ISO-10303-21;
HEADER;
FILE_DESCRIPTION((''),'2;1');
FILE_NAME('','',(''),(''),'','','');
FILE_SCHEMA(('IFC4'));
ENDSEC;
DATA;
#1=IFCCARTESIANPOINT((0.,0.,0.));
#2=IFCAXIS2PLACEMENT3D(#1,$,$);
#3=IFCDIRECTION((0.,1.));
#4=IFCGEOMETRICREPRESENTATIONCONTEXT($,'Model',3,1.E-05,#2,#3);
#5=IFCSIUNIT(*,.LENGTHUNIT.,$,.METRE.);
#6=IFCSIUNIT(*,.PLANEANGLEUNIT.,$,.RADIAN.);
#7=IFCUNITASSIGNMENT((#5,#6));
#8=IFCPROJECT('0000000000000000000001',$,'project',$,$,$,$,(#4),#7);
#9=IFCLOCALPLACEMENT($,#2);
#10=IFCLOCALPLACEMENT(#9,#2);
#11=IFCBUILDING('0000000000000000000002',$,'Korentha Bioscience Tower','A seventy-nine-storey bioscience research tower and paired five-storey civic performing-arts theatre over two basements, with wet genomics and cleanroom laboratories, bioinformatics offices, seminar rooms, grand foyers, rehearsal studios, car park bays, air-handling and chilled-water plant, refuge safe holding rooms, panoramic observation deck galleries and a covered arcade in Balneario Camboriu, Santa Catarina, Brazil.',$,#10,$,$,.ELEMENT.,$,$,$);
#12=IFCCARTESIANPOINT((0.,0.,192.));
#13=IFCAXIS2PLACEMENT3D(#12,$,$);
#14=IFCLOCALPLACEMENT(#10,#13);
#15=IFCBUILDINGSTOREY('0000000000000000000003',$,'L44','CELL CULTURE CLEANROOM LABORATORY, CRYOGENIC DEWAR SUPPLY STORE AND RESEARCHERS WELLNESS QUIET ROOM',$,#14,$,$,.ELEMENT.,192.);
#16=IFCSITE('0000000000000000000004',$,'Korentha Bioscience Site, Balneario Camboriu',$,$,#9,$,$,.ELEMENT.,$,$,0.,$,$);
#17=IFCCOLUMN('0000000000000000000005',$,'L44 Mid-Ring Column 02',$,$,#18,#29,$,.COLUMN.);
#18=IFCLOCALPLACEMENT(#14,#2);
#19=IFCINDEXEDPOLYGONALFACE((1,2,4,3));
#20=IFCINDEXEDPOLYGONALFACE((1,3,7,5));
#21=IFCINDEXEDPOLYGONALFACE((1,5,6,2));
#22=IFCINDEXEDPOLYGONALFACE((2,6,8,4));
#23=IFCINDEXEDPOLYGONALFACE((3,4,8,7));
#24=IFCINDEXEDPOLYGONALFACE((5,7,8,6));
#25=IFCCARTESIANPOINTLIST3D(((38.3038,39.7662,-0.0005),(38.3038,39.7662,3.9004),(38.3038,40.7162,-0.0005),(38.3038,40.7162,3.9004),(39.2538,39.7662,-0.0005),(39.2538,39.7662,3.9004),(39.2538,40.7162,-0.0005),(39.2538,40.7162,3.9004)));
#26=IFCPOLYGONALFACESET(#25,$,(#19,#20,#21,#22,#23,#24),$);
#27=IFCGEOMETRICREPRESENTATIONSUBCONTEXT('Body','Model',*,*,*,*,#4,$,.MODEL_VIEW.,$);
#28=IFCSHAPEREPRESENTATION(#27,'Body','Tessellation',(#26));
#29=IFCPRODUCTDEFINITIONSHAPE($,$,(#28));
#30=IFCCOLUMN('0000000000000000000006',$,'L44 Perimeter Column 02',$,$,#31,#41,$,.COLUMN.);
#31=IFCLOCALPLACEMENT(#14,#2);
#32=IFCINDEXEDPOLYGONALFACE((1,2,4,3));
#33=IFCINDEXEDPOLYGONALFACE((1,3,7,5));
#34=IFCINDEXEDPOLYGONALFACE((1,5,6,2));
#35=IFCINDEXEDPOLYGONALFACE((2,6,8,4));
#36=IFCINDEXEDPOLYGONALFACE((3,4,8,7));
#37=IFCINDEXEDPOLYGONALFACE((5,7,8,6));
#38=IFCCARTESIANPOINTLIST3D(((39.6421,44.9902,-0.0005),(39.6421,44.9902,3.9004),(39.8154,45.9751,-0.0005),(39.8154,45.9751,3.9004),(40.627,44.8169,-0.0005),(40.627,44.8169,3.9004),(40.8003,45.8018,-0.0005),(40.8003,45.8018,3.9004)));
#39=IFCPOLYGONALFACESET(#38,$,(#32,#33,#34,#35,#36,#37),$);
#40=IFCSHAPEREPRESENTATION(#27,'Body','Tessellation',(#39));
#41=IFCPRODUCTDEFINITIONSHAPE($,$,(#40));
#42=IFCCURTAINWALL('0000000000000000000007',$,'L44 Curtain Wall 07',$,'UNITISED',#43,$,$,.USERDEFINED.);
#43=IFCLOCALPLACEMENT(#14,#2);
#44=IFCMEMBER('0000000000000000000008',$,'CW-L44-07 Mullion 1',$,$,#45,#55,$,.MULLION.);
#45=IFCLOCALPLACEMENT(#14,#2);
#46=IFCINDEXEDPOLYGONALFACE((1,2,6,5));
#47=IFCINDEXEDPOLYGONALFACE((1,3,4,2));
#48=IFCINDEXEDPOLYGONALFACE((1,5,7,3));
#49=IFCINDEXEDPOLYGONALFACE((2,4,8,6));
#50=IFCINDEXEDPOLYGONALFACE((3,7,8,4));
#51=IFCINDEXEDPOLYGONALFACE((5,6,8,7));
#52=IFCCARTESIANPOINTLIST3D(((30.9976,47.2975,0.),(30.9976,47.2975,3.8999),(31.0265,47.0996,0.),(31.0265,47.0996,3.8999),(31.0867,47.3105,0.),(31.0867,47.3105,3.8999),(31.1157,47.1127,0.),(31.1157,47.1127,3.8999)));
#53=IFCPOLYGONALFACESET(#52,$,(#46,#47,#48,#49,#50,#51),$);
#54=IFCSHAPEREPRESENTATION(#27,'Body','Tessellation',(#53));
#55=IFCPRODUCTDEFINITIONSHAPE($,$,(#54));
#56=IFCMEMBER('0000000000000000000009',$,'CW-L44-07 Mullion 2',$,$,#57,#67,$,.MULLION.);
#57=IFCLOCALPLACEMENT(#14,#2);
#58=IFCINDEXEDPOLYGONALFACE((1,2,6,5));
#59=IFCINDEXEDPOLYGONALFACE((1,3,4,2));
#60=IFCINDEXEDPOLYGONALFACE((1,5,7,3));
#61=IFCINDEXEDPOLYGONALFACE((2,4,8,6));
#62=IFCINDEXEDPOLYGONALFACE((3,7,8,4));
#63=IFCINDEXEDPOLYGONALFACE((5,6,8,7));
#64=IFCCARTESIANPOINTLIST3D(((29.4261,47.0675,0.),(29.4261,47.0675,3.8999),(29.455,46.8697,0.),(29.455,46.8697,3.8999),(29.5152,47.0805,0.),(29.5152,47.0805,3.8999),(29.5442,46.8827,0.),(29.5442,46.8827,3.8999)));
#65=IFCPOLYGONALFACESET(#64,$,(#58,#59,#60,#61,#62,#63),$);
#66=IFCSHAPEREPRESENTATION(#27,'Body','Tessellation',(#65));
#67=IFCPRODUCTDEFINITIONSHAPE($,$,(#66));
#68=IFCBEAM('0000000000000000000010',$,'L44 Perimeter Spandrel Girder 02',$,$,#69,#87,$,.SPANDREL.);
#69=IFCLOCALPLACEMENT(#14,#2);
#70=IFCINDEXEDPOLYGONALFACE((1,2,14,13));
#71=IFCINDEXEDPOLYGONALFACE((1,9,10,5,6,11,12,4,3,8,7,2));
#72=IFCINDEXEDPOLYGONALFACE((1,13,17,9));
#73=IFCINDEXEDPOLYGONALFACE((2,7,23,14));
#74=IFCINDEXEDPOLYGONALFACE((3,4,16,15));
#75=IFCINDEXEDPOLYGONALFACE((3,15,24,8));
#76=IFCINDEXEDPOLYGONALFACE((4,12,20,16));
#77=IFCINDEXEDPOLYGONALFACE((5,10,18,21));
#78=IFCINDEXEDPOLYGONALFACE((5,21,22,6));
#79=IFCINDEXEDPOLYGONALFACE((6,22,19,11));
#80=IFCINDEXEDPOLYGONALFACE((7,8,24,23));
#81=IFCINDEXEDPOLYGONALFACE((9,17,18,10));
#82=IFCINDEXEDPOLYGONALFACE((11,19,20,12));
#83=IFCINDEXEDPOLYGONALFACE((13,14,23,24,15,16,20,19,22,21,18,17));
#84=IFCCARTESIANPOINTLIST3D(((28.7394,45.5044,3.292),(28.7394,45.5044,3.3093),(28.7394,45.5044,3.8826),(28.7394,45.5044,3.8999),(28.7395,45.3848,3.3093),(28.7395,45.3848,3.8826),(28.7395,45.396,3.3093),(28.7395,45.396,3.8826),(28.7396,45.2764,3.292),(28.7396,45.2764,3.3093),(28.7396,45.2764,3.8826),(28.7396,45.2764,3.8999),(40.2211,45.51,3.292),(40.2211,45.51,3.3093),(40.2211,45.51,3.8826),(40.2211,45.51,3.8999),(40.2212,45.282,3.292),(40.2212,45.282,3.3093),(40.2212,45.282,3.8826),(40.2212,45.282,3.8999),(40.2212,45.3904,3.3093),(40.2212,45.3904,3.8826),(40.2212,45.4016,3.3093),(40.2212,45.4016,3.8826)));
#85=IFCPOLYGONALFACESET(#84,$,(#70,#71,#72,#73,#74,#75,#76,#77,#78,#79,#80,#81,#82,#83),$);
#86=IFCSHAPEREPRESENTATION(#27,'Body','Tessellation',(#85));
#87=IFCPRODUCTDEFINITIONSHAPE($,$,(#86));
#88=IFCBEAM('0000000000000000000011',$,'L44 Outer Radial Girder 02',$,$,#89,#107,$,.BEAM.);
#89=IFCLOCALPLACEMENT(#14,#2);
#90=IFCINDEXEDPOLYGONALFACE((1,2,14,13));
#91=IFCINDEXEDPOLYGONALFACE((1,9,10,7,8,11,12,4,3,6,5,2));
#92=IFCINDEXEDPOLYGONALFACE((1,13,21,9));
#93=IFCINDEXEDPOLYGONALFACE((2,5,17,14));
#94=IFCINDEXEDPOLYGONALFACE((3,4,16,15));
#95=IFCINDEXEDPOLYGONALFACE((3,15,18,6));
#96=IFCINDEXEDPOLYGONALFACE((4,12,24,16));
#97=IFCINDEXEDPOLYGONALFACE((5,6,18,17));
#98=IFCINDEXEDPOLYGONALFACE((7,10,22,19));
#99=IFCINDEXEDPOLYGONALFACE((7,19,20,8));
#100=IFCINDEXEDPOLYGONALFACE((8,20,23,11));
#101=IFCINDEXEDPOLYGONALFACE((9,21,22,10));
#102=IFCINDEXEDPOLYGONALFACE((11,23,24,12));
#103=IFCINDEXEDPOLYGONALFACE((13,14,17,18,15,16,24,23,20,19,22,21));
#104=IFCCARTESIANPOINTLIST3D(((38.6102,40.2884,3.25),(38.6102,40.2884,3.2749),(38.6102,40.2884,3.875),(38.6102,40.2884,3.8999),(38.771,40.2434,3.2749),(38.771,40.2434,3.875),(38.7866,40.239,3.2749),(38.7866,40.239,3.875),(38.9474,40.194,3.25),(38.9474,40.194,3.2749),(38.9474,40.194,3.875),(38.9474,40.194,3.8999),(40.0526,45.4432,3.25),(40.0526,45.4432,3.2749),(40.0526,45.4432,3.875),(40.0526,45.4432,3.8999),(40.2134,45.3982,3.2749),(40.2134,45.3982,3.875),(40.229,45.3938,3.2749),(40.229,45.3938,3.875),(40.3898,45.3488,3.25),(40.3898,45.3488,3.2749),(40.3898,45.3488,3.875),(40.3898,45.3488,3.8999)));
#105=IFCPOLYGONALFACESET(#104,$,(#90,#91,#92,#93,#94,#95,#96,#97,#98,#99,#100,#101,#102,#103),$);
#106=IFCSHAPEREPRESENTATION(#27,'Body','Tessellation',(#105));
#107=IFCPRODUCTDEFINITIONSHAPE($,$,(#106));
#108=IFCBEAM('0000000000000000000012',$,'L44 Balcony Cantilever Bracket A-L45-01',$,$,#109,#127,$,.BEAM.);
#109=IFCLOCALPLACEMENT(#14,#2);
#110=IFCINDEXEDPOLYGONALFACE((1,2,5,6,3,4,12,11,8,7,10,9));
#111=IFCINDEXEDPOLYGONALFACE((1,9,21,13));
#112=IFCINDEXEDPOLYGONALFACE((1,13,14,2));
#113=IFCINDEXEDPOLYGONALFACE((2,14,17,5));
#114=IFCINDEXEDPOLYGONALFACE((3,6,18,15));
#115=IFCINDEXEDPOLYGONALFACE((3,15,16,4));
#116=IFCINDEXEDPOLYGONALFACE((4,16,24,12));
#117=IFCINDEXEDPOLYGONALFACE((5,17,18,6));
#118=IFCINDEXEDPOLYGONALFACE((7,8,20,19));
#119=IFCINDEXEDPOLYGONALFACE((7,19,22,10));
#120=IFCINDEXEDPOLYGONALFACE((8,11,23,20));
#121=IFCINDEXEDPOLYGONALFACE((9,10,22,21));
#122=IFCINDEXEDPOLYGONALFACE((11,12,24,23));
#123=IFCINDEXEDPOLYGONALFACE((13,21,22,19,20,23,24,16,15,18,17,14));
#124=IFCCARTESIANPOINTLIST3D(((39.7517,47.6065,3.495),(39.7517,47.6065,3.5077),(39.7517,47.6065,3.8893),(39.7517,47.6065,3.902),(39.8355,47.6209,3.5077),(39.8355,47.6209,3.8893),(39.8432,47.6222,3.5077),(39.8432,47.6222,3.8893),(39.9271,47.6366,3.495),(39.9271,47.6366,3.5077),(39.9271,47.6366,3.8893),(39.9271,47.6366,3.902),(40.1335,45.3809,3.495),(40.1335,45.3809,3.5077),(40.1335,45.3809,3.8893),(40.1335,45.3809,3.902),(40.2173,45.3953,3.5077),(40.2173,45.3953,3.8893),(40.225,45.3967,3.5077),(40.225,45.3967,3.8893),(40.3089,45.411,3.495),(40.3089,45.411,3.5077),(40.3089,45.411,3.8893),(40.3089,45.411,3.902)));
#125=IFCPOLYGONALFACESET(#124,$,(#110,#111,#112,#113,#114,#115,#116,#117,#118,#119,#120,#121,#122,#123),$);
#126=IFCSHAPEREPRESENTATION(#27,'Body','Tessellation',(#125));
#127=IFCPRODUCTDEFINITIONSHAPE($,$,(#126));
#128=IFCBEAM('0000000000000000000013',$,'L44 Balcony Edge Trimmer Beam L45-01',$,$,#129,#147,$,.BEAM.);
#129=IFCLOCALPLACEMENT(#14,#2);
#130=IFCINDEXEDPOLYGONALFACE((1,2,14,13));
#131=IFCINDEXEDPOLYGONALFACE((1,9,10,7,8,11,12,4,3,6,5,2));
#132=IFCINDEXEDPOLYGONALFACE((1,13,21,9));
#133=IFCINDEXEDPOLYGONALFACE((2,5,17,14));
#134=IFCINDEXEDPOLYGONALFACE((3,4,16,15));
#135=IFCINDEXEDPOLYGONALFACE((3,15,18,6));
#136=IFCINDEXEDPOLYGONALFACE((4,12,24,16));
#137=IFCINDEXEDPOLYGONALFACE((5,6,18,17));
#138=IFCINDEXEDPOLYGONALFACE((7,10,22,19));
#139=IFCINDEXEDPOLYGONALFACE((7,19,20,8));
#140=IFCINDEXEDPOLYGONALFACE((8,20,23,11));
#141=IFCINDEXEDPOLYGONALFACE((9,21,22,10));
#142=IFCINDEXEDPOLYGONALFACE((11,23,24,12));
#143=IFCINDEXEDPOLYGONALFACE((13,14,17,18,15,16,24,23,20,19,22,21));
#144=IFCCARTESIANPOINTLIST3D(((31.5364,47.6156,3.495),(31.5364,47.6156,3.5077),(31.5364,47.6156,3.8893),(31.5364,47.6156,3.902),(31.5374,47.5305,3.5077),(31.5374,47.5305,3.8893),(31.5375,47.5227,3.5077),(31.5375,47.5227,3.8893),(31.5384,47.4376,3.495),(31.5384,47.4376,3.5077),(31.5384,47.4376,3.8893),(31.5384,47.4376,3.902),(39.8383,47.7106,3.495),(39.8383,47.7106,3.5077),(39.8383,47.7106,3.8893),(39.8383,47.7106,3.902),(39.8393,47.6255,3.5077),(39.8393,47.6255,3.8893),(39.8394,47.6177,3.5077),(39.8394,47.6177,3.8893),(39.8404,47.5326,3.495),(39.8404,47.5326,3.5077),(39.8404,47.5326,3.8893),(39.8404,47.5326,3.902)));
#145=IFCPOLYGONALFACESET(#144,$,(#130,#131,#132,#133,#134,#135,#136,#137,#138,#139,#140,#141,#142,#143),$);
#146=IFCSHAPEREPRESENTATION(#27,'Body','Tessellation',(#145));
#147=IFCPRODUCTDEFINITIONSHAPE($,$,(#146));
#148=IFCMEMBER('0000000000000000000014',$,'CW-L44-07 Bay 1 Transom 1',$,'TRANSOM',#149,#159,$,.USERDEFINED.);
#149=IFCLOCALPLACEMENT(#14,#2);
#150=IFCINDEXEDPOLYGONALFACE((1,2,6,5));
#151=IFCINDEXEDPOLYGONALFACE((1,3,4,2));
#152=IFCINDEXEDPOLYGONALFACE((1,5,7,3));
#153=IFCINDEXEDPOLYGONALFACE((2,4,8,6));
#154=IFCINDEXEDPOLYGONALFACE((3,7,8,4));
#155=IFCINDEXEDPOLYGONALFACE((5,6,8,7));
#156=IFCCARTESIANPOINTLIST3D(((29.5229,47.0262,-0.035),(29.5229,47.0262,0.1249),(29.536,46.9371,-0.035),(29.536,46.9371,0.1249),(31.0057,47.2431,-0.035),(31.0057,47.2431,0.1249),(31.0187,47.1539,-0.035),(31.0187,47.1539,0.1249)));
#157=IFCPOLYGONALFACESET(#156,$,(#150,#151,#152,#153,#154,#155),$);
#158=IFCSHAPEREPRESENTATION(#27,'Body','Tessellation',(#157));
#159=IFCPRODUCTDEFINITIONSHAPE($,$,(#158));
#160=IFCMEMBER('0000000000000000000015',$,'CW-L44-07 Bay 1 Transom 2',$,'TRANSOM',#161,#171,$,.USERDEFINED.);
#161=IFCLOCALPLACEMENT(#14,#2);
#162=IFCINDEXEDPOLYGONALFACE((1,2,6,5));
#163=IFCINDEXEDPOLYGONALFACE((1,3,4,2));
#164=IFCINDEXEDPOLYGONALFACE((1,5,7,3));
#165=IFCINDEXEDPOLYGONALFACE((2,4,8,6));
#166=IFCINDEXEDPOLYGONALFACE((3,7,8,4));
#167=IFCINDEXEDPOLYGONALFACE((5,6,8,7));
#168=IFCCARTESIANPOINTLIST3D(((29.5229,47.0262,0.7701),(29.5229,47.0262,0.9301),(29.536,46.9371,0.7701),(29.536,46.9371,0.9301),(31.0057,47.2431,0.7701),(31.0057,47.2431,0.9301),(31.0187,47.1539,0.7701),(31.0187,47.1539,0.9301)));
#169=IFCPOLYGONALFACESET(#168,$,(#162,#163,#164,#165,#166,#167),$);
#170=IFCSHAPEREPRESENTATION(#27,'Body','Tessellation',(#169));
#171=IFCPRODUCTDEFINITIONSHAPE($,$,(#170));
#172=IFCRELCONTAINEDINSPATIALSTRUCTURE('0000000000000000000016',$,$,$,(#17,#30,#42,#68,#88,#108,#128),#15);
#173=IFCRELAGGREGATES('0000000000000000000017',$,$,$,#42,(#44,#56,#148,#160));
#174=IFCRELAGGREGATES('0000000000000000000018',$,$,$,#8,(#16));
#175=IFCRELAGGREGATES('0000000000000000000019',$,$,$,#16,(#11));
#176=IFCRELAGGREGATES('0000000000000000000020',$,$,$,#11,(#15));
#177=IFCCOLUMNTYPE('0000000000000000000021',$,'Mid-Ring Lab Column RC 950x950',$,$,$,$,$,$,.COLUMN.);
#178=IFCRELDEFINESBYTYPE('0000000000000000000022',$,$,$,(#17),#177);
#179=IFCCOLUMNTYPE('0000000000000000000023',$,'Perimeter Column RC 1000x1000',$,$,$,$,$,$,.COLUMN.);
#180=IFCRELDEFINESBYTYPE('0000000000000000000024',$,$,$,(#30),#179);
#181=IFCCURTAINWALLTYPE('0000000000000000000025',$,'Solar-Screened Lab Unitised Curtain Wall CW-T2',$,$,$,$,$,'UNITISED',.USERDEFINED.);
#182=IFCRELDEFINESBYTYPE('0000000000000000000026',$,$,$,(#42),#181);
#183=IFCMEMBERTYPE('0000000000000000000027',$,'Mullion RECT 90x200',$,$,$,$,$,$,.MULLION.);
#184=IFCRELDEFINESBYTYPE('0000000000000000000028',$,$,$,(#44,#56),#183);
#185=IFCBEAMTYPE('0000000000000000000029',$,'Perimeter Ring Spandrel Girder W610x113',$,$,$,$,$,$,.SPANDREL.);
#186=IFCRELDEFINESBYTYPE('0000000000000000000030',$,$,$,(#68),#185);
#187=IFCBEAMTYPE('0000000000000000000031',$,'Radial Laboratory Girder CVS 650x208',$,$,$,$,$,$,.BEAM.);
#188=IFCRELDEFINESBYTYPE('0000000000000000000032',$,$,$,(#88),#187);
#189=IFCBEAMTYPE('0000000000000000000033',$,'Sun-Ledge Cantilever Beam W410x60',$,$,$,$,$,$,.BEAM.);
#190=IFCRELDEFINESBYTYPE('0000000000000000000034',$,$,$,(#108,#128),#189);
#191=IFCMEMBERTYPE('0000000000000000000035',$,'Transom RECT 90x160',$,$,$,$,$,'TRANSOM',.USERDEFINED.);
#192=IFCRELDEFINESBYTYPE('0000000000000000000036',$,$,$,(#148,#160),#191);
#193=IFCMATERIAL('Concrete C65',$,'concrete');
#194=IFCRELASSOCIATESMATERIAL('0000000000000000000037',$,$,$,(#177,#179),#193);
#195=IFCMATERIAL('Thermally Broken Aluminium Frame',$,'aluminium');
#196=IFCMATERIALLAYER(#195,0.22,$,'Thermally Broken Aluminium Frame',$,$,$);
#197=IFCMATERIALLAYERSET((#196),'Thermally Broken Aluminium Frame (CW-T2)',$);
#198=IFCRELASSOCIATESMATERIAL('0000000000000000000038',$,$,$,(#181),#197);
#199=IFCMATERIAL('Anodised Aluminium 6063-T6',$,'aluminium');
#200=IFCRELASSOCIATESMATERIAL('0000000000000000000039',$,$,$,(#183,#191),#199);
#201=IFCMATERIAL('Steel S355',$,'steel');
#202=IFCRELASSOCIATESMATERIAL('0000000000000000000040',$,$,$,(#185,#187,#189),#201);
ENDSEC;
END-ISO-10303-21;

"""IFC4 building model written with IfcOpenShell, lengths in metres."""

from ifc_helpers import new_model, si_unit, direction, frame, origin, origin_2d, place, context, subcontext, project, spatial, rectangle, i_section, extrude, material, layer, layer_set, material_profile, profile_set, type_object, element, aggregate, save


model = new_model("IFC4")

# Units and contexts
model_context = context("Model", 3, precision=1e-05, world=origin(), true_north=direction((0.0, 1.0)))
body_context = subcontext(model_context, "Body", "Model", "MODEL_VIEW")
ifc_project = project(units=[si_unit("LENGTHUNIT", "METRE"), si_unit("PLANEANGLEUNIT", "RADIAN")], contexts=[model_context])

# Site, building, storey
site_placement = place(None, origin())
site = spatial("IfcSite", under=ifc_project, at=site_placement, Name="Korentha Bioscience Site, Balneario Camboriu", CompositionType="ELEMENT", RefElevation=0.0)
building_placement = place(site_placement, origin())
building = spatial("IfcBuilding", under=site, at=building_placement, Name="Korentha Bioscience Tower", Description="A seventy-nine-storey bioscience research tower and paired five-storey civic performing-arts theatre over two basements, with wet genomics and cleanroom laboratories, bioinformatics offices, seminar rooms, grand foyers, rehearsal studios, car park bays, air-handling and chilled-water plant, refuge safe holding rooms, panoramic observation deck galleries and a covered arcade in Balneario Camboriu, Santa Catarina, Brazil.", CompositionType="ELEMENT")
storey_placement = place(building_placement, frame((0.0, 0.0, 192.0)))
storey = spatial("IfcBuildingStorey", under=building, at=storey_placement, Name="L44", Description="CELL CULTURE CLEANROOM LABORATORY, CRYOGENIC DEWAR SUPPLY STORE AND RESEARCHERS WELLNESS QUIET ROOM", CompositionType="ELEMENT", Elevation=192.0)

# Columns
ifc_material_1 = material(Name="Concrete C65", Category="concrete")
ifc_material_profile_1 = material_profile(ifc_material_1, rectangle(XDim=0.95, YDim=0.95, at=origin_2d()), Name="Concrete C65")
ifc_profile_set_1 = profile_set([ifc_material_profile_1], Name="Concrete C65 (COL-MR09)")
column_type_1 = type_object("IfcColumnType", Name="Mid-Ring Lab Column RC 950x950", PredefinedType="COLUMN", material=ifc_profile_set_1)
column_1_placement = place(storey_placement, frame((38.7788, 40.2412, -0.0005), z_axis=(0.0, 0.0, 1.0), x_axis=(1.0, 0.0, 0.0)))
element("IfcColumn", 1, at=column_1_placement, inside=storey, type_object=column_type_1, Name="L44 Mid-Ring Column 02", PredefinedType="COLUMN", context=body_context, shape_type="SweptSolid", body=[
    extrude(rectangle(XDim=0.95, YDim=0.95, at=origin_2d()), origin(), (0.0, 0.0, 1.0), 3.9009),
])
ifc_material_profile_2 = material_profile(ifc_material_1, rectangle(XDim=1.0, YDim=1.0, at=origin_2d()), Name="Concrete C65")
ifc_profile_set_2 = profile_set([ifc_material_profile_2], Name="Concrete C65 (COL-P10)")
column_type_2 = type_object("IfcColumnType", Name="Perimeter Column RC 1000x1000", PredefinedType="COLUMN", material=ifc_profile_set_2)
column_2_placement = place(storey_placement, frame((40.2212, 45.396, -0.0005), z_axis=(0.0, 0.0, 1.0), x_axis=(-0.984868, 0.173304, 0.0)))
element("IfcColumn", 2, at=column_2_placement, inside=storey, type_object=column_type_2, Name="L44 Perimeter Column 02", PredefinedType="COLUMN", context=body_context, shape_type="SweptSolid", body=[
    extrude(rectangle(XDim=1.0, YDim=1.0, at=origin_2d()), origin(), (0.0, 0.0, 1.0), 3.9009),
])

# Curtain wall, members
ifc_material_2 = material(Name="Thermally Broken Aluminium Frame", Category="aluminium")
ifc_layer_1 = layer(ifc_material_2, 0.22, Name="Thermally Broken Aluminium Frame")
ifc_layer_set_1 = layer_set([ifc_layer_1], Name="Thermally Broken Aluminium Frame (CW-T2)")
curtain_wall_type = type_object("IfcCurtainWallType", Name="Solar-Screened Lab Unitised Curtain Wall CW-T2", ElementType="UNITISED", PredefinedType="USERDEFINED", material=ifc_layer_set_1)
curtain_wall_placement = place(storey_placement, origin())
curtain_wall = element("IfcCurtainWall", 3, at=curtain_wall_placement, inside=storey, type_object=curtain_wall_type, Name="L44 Curtain Wall 07", ObjectType="UNITISED", PredefinedType="USERDEFINED")
ifc_material_3 = material(Name="Anodised Aluminium 6063-T6", Category="aluminium")
ifc_material_profile_3 = material_profile(ifc_material_3, rectangle(XDim=0.0901, YDim=0.2, at=origin_2d()), Name="Anodised Aluminium 6063-T6")
ifc_profile_set_3 = profile_set([ifc_material_profile_3], Name="Anodised Aluminium 6063-T6 (CW-MUL)")
member_type_1 = type_object("IfcMemberType", Name="Mullion RECT 90x200", PredefinedType="MULLION", material=ifc_profile_set_3)
member_1_placement = place(storey_placement, frame((31.0566, 47.2051, 0.0), z_axis=(0.0, 0.0, 1.0), x_axis=(-0.989462, -0.144793, 0.0)))
member_1 = element("IfcMember", 4, at=member_1_placement, type_object=member_type_1, Name="CW-L44-07 Mullion 1", PredefinedType="MULLION", context=body_context, shape_type="SweptSolid", body=[
    extrude(rectangle(XDim=0.0901, YDim=0.2, at=origin_2d()), origin(), (0.0, 0.0, 1.0), 3.8999),
])
member_2_placement = place(storey_placement, frame((29.4851, 46.9751, 0.0), z_axis=(0.0, 0.0, 1.0), x_axis=(-0.989462, -0.144793, 0.0)))
member_2 = element("IfcMember", 5, at=member_2_placement, type_object=member_type_1, Name="CW-L44-07 Mullion 2", PredefinedType="MULLION", context=body_context, shape_type="SweptSolid", body=[
    extrude(rectangle(XDim=0.0901, YDim=0.2, at=origin_2d()), origin(), (0.0, 0.0, 1.0), 3.8999),
])

# Beams
ifc_material_4 = material(Name="Steel S355", Category="steel")
ifc_material_profile_4 = material_profile(ifc_material_4, i_section(OverallWidth=0.228, OverallDepth=0.6079, WebThickness=0.0112, FlangeThickness=0.0173, at=origin_2d()), Name="Steel S355")
ifc_profile_set_4 = profile_set([ifc_material_profile_4], Name="Steel S355 (SB-610)")
beam_type_1 = type_object("IfcBeamType", Name="Perimeter Ring Spandrel Girder W610x113", PredefinedType="SPANDREL", material=ifc_profile_set_4)
beam_1_placement = place(storey_placement, frame((40.2212, 45.396, 3.5959), z_axis=(-1.0, -0.000489, 0.0), x_axis=(0.000489, -1.0, 0.0)))
element("IfcBeam", 6, at=beam_1_placement, inside=storey, type_object=beam_type_1, Name="L44 Perimeter Spandrel Girder 02", PredefinedType="SPANDREL", context=body_context, shape_type="SweptSolid", body=[
    extrude(i_section(OverallWidth=0.228, OverallDepth=0.6079, WebThickness=0.0112, FlangeThickness=0.0173, at=origin_2d()), origin(), (0.0, 0.0, 1.0), 11.4817),
])
ifc_material_profile_5 = material_profile(ifc_material_4, i_section(OverallWidth=0.3501, OverallDepth=0.6499, WebThickness=0.0161, FlangeThickness=0.0249, at=origin_2d()), Name="Steel S355")
ifc_profile_set_5 = profile_set([ifc_material_profile_5], Name="Steel S355 (RB-650)")
beam_type_2 = type_object("IfcBeamType", Name="Radial Laboratory Girder CVS 650x208", PredefinedType="BEAM", material=ifc_profile_set_5)
beam_2_placement = place(storey_placement, frame((38.7788, 40.2412, 3.575), z_axis=(0.269464, 0.96301, 0.0), x_axis=(-0.96301, 0.269464, 0.0)))
element("IfcBeam", 7, at=beam_2_placement, inside=storey, type_object=beam_type_2, Name="L44 Outer Radial Girder 02", PredefinedType="BEAM", context=body_context, shape_type="SweptSolid", body=[
    extrude(i_section(OverallWidth=0.3501, OverallDepth=0.6499, WebThickness=0.0161, FlangeThickness=0.0249, at=origin_2d()), origin(), (0.0, 0.0, 1.0), 5.3528),
])
ifc_material_profile_6 = material_profile(ifc_material_4, i_section(OverallWidth=0.178, OverallDepth=0.407, WebThickness=0.0078, FlangeThickness=0.0127, at=origin_2d()), Name="Steel S355")
ifc_profile_set_6 = profile_set([ifc_material_profile_6], Name="Steel S355 (CB-410)")
beam_type_3 = type_object("IfcBeamType", Name="Sun-Ledge Cantilever Beam W410x60", PredefinedType="BEAM", material=ifc_profile_set_6)
beam_3_placement = place(storey_placement, frame((40.2212, 45.396, 3.6985), z_axis=(-0.169096, 0.9856, 0.0), x_axis=(-0.9856, -0.169096, 0.0)))
element("IfcBeam", 8, at=beam_3_placement, inside=storey, type_object=beam_type_3, Name="L44 Balcony Cantilever Bracket A-L45-01", PredefinedType="BEAM", context=body_context, shape_type="SweptSolid", body=[
    extrude(i_section(OverallWidth=0.178, OverallDepth=0.407, WebThickness=0.0078, FlangeThickness=0.0127, at=origin_2d()), origin(), (0.0, 0.0, 1.0), 2.2581),
])
beam_4_placement = place(storey_placement, frame((39.8394, 47.6216, 3.6985), z_axis=(-0.999935, -0.011439, 0.0), x_axis=(0.011439, -0.999935, 0.0)))
element("IfcBeam", 9, at=beam_4_placement, inside=storey, type_object=beam_type_3, Name="L44 Balcony Edge Trimmer Beam L45-01", PredefinedType="BEAM", context=body_context, shape_type="SweptSolid", body=[
    extrude(i_section(OverallWidth=0.178, OverallDepth=0.407, WebThickness=0.0078, FlangeThickness=0.0127, at=origin_2d()), origin(), (0.0, 0.0, 1.0), 8.3025),
])

# Members
ifc_material_profile_7 = material_profile(ifc_material_3, rectangle(XDim=0.0901, YDim=0.1599, at=origin_2d()), Name="Anodised Aluminium 6063-T6")
ifc_profile_set_7 = profile_set([ifc_material_profile_7], Name="Anodised Aluminium 6063-T6 (CW-TRN)")
member_type_2 = type_object("IfcMemberType", Name="Transom RECT 90x160", ElementType="TRANSOM", PredefinedType="USERDEFINED", material=ifc_profile_set_7)
member_3_placement = place(storey_placement, frame((31.0122, 47.1985, 0.0449), z_axis=(-0.989478, -0.144682, 0.0), x_axis=(0.144682, -0.989478, 0.0)))
member_3 = element("IfcMember", 10, at=member_3_placement, type_object=member_type_2, Name="CW-L44-07 Bay 1 Transom 1", ObjectType="TRANSOM", PredefinedType="USERDEFINED", context=body_context, shape_type="SweptSolid", body=[
    extrude(rectangle(XDim=0.0901, YDim=0.1599, at=origin_2d()), origin(), (0.0, 0.0, 1.0), 1.4985),
])
member_4_placement = place(storey_placement, frame((31.0122, 47.1985, 0.8501), z_axis=(-0.989478, -0.144682, 0.0), x_axis=(0.144682, -0.989478, 0.0)))
member_4 = element("IfcMember", 11, at=member_4_placement, type_object=member_type_2, Name="CW-L44-07 Bay 1 Transom 2", ObjectType="TRANSOM", PredefinedType="USERDEFINED", context=body_context, shape_type="SweptSolid", body=[
    extrude(rectangle(XDim=0.0901, YDim=0.1599, at=origin_2d()), origin(), (0.0, 0.0, 1.0), 1.4985),
])

aggregate(curtain_wall, [member_1, member_2, member_3, member_4])

save(model, "model.ifc")
